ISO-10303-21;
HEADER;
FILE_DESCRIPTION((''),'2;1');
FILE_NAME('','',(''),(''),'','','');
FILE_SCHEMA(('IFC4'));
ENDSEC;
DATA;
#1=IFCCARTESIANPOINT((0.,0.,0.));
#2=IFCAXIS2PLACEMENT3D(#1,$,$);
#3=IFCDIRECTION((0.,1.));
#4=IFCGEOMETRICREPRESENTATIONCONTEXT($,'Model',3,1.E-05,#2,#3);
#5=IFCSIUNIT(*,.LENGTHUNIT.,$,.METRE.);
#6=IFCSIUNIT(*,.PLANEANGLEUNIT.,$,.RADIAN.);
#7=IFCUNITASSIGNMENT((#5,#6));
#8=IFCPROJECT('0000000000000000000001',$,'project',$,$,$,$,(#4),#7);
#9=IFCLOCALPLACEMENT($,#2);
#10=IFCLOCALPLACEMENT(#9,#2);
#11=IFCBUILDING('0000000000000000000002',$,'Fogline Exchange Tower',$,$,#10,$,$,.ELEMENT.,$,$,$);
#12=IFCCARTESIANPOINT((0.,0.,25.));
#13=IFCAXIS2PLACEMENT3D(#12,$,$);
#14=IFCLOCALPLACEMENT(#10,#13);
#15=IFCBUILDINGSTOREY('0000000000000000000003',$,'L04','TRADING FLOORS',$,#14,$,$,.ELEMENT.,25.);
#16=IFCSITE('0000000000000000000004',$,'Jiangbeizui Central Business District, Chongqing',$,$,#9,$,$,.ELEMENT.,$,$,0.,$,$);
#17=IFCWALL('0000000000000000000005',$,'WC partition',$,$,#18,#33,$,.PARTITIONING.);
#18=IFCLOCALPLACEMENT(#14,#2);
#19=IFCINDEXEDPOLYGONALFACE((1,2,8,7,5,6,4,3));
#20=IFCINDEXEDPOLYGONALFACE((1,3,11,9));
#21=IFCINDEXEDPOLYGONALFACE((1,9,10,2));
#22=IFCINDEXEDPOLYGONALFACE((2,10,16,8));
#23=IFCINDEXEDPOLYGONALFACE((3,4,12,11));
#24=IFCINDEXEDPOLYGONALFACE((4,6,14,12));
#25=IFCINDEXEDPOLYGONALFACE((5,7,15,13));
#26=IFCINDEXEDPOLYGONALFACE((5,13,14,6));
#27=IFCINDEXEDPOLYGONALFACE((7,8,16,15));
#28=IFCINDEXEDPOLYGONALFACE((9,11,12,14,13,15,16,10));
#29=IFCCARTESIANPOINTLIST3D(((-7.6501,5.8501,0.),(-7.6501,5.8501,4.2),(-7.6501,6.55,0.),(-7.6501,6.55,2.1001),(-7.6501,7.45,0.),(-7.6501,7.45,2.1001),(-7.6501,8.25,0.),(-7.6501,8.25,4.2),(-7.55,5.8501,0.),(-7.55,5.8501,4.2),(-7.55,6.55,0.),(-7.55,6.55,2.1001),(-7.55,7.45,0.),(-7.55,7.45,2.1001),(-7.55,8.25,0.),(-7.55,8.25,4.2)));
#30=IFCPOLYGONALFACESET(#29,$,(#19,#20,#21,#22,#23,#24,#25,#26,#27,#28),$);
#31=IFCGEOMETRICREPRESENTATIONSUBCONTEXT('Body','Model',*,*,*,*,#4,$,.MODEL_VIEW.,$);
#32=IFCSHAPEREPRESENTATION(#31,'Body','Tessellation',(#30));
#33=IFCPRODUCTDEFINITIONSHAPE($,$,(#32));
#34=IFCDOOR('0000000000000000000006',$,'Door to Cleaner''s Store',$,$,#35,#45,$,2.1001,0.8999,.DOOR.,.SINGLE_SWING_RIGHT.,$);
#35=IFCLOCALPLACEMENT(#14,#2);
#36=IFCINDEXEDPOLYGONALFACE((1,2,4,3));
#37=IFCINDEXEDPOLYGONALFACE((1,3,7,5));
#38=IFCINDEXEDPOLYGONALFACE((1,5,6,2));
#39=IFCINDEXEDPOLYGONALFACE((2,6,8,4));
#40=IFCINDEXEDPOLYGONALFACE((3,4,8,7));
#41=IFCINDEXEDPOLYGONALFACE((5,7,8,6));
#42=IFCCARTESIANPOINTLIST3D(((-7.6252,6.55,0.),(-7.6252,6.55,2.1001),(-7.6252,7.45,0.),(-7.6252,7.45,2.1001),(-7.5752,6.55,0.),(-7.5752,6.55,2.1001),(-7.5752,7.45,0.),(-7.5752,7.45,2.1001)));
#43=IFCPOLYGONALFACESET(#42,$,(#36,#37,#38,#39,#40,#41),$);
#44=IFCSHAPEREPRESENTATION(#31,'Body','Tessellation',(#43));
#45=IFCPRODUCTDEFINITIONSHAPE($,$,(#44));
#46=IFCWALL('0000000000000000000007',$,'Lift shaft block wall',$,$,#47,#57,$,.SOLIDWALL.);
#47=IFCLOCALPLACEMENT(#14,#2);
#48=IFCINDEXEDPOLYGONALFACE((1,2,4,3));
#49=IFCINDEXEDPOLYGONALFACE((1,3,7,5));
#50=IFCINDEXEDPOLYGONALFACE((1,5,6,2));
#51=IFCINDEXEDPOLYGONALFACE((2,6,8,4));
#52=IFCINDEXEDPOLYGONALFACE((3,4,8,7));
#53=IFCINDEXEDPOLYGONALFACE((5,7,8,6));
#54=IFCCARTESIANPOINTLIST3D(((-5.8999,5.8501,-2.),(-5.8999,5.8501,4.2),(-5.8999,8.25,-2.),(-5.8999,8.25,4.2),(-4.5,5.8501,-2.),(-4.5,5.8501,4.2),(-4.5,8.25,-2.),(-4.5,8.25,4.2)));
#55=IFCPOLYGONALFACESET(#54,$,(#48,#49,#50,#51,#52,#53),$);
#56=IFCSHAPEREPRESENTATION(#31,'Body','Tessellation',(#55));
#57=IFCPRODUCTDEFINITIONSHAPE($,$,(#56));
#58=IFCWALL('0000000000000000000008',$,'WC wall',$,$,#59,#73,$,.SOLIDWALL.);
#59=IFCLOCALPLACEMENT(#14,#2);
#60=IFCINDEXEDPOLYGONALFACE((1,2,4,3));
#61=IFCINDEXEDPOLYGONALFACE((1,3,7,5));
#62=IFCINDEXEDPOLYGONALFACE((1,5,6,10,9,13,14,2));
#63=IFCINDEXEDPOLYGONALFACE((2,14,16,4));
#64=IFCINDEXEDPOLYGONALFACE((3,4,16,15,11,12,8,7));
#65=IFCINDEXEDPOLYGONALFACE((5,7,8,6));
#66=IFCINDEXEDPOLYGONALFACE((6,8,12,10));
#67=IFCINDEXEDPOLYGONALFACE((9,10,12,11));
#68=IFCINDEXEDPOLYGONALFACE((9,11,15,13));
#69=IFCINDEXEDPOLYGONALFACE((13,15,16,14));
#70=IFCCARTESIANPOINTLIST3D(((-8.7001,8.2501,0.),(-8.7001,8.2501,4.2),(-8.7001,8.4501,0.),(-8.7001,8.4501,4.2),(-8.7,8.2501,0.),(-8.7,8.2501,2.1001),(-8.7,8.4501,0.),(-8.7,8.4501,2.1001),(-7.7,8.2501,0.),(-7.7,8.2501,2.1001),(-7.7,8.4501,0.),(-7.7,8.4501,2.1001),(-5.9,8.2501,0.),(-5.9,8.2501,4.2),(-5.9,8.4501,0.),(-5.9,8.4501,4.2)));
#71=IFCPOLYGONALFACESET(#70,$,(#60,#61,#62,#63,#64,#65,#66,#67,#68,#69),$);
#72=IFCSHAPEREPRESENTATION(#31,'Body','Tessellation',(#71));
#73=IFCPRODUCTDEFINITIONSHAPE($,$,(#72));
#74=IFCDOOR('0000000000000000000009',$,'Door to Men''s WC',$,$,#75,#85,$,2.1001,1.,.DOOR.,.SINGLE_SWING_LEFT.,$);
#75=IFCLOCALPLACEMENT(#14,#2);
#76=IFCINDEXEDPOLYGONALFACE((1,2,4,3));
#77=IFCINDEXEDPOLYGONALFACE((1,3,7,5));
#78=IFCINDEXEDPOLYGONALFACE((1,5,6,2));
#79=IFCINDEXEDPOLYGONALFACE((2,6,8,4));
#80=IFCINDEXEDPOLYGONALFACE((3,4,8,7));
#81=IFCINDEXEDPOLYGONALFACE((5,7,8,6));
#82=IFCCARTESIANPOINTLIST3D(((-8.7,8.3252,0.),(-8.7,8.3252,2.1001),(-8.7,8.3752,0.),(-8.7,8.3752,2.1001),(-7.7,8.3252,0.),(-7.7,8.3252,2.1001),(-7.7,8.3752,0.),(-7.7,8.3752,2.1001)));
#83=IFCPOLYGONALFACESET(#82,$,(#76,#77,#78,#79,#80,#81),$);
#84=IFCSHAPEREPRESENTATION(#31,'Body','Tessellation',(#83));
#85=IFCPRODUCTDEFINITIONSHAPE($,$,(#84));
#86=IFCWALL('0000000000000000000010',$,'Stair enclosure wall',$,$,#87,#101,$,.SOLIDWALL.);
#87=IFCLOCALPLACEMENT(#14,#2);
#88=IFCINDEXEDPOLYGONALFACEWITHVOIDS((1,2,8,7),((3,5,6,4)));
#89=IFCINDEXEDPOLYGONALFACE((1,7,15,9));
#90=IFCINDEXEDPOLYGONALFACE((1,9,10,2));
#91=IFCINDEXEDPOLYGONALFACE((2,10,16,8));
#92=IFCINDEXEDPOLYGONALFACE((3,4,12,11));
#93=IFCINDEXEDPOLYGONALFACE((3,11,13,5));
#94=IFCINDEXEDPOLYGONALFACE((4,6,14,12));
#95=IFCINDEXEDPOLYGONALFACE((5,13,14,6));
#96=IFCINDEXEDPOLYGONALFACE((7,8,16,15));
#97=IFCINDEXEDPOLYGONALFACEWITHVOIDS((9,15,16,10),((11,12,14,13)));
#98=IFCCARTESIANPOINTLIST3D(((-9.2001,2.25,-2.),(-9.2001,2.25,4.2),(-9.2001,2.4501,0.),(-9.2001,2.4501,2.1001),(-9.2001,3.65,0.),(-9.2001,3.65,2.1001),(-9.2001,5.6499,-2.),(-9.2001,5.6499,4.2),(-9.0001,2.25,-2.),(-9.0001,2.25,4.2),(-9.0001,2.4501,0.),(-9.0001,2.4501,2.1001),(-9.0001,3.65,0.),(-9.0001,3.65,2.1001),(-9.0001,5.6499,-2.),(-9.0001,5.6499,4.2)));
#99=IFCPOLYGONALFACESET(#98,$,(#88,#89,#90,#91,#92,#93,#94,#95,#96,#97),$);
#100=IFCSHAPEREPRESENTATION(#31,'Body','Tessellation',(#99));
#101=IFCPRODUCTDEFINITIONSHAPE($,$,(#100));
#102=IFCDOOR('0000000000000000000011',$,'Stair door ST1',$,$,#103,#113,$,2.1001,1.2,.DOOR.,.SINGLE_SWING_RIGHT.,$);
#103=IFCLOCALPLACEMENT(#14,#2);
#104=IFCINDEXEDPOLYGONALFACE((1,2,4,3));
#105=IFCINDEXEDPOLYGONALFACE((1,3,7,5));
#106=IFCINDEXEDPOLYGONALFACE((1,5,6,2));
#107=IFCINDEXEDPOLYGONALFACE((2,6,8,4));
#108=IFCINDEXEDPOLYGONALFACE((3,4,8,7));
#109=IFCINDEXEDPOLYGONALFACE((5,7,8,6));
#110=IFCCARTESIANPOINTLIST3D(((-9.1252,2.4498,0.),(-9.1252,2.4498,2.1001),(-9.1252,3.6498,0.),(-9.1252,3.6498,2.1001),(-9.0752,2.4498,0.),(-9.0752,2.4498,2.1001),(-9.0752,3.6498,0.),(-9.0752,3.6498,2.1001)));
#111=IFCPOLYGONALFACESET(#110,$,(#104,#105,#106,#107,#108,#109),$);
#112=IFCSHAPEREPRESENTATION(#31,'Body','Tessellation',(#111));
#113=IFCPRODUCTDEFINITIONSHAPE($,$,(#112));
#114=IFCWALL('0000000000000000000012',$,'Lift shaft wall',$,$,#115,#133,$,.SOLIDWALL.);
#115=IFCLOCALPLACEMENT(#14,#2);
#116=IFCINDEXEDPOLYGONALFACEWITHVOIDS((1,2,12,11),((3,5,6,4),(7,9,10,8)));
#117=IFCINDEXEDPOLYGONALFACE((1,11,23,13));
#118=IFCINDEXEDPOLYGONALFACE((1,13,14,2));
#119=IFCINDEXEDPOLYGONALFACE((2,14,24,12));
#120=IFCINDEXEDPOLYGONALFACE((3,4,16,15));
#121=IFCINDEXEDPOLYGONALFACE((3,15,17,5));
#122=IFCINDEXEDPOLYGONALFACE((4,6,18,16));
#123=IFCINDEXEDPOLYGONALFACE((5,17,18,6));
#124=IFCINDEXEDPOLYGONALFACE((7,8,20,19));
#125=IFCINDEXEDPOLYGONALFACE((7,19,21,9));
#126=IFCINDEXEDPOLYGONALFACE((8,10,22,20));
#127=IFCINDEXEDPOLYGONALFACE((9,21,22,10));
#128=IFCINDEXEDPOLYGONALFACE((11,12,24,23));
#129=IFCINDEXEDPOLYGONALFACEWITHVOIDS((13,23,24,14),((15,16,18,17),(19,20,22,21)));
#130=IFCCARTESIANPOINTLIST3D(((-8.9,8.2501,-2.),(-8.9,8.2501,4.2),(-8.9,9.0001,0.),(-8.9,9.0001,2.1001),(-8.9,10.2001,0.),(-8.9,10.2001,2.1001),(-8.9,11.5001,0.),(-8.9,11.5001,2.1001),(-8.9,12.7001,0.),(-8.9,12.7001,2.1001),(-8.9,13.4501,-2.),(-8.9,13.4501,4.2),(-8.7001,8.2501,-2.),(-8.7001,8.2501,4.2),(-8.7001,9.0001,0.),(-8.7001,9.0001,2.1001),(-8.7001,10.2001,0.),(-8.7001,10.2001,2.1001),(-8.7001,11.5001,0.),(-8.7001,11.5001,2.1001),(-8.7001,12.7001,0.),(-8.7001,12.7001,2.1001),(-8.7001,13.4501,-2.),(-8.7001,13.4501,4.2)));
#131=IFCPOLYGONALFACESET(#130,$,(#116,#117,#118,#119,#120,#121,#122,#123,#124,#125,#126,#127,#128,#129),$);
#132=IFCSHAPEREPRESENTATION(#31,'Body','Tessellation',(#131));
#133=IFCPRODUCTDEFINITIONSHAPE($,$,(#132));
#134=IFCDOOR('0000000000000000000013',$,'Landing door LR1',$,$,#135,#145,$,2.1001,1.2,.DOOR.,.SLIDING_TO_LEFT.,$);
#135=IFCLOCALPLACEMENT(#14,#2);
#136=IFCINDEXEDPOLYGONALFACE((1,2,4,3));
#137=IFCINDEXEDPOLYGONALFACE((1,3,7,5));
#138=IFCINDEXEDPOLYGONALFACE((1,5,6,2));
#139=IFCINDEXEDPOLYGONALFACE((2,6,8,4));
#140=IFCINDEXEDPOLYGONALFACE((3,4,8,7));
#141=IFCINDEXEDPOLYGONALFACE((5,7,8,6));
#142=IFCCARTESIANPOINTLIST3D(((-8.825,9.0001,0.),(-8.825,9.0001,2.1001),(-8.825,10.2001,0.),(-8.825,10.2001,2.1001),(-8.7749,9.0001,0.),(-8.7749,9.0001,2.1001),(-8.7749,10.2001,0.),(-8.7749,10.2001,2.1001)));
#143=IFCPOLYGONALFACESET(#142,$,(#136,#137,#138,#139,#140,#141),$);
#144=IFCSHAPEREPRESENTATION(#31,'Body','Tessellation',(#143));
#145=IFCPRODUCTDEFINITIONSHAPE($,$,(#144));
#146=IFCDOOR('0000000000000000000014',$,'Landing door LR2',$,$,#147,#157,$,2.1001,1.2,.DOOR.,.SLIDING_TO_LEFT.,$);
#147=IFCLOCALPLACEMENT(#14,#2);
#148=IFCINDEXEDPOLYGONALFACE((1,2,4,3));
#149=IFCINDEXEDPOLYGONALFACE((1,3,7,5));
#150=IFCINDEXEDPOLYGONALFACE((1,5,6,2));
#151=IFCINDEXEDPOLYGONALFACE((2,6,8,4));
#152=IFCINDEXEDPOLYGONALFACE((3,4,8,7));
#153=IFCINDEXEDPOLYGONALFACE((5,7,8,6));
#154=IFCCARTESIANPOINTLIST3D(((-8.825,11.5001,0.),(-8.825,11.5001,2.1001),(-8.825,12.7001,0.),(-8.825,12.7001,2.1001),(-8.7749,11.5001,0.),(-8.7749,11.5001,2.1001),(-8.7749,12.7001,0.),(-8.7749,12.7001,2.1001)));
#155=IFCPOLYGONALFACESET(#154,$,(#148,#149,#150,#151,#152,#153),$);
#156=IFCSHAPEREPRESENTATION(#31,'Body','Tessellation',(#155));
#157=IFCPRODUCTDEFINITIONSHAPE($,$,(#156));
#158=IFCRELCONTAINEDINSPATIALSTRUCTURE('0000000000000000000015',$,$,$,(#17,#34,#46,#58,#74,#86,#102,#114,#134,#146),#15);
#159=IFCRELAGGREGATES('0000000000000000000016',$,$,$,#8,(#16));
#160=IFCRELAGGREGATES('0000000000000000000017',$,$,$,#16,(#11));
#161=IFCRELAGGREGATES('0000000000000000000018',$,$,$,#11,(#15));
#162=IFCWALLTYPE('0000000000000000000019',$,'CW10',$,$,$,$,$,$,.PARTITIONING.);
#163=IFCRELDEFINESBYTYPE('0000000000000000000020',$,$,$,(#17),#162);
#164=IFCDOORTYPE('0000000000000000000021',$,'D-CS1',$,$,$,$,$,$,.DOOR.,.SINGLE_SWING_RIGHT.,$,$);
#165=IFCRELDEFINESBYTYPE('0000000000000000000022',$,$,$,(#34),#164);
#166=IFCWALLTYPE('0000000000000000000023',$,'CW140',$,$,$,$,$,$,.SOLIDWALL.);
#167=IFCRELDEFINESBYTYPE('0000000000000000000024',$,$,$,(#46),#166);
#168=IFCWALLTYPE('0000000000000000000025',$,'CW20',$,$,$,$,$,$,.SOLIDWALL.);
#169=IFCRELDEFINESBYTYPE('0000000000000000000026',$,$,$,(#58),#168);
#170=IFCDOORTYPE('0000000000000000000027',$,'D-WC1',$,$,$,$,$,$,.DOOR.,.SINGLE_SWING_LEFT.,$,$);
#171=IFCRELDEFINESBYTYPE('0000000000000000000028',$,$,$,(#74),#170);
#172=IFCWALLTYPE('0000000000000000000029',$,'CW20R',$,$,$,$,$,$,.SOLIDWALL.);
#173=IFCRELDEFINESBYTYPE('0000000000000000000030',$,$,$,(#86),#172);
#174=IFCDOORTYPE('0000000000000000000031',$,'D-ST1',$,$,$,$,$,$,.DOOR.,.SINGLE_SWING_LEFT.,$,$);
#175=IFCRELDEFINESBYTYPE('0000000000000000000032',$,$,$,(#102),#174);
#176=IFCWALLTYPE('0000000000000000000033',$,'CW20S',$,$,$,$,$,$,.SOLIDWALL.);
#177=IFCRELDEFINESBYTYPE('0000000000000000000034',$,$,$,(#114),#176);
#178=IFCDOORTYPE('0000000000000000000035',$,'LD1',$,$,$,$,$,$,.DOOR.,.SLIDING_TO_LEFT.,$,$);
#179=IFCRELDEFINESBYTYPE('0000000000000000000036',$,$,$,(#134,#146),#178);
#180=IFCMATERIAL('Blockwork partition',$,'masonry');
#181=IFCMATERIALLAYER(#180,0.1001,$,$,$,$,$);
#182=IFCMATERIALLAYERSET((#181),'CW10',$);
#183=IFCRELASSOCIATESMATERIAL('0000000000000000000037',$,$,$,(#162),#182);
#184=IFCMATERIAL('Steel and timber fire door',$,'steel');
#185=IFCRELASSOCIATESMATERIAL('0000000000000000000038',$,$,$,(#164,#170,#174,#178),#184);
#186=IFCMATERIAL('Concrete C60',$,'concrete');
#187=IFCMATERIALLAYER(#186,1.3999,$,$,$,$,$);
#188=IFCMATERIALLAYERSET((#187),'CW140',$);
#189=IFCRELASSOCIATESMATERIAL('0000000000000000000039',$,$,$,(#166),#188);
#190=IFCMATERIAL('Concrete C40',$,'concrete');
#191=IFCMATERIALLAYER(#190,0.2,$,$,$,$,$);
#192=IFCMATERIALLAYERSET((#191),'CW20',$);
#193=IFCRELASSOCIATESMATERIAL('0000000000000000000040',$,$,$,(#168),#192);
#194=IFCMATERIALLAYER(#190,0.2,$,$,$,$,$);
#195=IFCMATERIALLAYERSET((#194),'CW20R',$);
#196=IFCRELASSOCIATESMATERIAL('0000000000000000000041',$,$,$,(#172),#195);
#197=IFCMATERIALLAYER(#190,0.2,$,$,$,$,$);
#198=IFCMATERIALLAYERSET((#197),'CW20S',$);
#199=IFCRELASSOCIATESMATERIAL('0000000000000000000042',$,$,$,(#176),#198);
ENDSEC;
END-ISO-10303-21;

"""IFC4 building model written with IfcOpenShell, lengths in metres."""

from ifc_helpers import new_model, si_unit, direction, frame, frame_2d, origin, place, context, subcontext, project, spatial, rectangle, extrude, material, layer, layer_set, type_object, element, fill, save


model = new_model("IFC4")

# Units and contexts
model_context = context("Model", 3, precision=1e-05, world=origin(), true_north=direction((0.0, 1.0)))
body_context = subcontext(model_context, "Body", "Model", "MODEL_VIEW")
ifc_project = project(units=[si_unit("LENGTHUNIT", "METRE"), si_unit("PLANEANGLEUNIT", "RADIAN")], contexts=[model_context])

# Site, building, storey
site_placement = place(None, origin())
site = spatial("IfcSite", under=ifc_project, at=site_placement, Name="Jiangbeizui Central Business District, Chongqing", CompositionType="ELEMENT", RefElevation=0.0)
building_placement = place(site_placement, origin())
building = spatial("IfcBuilding", under=site, at=building_placement, Name="Fogline Exchange Tower", CompositionType="ELEMENT")
storey_placement = place(building_placement, frame((0.0, 0.0, 25.0)))
storey = spatial("IfcBuildingStorey", under=building, at=storey_placement, Name="L04", Description="TRADING FLOORS", CompositionType="ELEMENT", Elevation=25.0)

# Wall, opening, door
ifc_material_1 = material(Name="Blockwork partition", Category="masonry")
ifc_layer_1 = layer(ifc_material_1, 0.1001)
ifc_layer_set_1 = layer_set([ifc_layer_1], Name="CW10")
wall_type_1 = type_object("IfcWallType", Name="CW10", PredefinedType="PARTITIONING", material=ifc_layer_set_1)
wall_1_placement = place(storey_placement, frame((-7.6001, 5.8501, 0.0), z_axis=(0.0, 0.0, 1.0), x_axis=(0.0, 1.0, 0.0)))
wall_1 = element("IfcWall", 1, at=wall_1_placement, inside=storey, type_object=wall_type_1, Name="WC partition", PredefinedType="PARTITIONING", context=body_context, shape_type="SweptSolid", body=[
    extrude(rectangle(XDim=2.3999, YDim=0.1001, at=frame_2d((1.2, 0.0))), origin(), (0.0, 0.0, 1.0), 4.2),
])
opening_1_placement = place(wall_1_placement, frame((0.7, 0.0, 0.0)))
opening_1 = element("IfcOpeningElement", 2, at=opening_1_placement, cuts=wall_1, PredefinedType="OPENING", context=body_context, shape_type="SweptSolid", body=[
    extrude(rectangle(XDim=0.8999, YDim=2.1001, at=frame_2d((0.45, 1.05))), frame((0.0, 0.0601, 0.0), z_axis=(0.0, -1.0, 0.0), x_axis=(1.0, 0.0, 0.0)), (0.0, 0.0, 1.0), 0.1201),
])
ifc_material_2 = material(Name="Steel and timber fire door", Category="steel")
door_type_1 = type_object("IfcDoorType", Name="D-CS1", OperationType="SINGLE_SWING_RIGHT", PredefinedType="DOOR", material=ifc_material_2)
door_1_placement = place(opening_1_placement, frame((0.8999, 0.0, 0.0), z_axis=(0.0, 0.0, 1.0), x_axis=(-1.0, 0.0, 0.0)))
door_1 = element("IfcDoor", 3, at=door_1_placement, inside=storey, type_object=door_type_1, Name="Door to Cleaner's Store", OperationType="SINGLE_SWING_RIGHT", OverallHeight=2.1001, OverallWidth=0.8999, PredefinedType="DOOR", context=body_context, shape_type="SweptSolid", body=[
    extrude(rectangle(XDim=0.8999, YDim=2.1001, at=frame_2d((0.45, 1.05))), frame((0.0, 0.0249, 0.0), z_axis=(0.0, -1.0, 0.0), x_axis=(1.0, 0.0, 0.0)), (0.0, 0.0, 1.0), 0.05),
])
fill(opening_1, door_1)

# Wall
ifc_material_3 = material(Name="Concrete C60", Category="concrete")
ifc_layer_2 = layer(ifc_material_3, 1.3999)
ifc_layer_set_2 = layer_set([ifc_layer_2], Name="CW140")
wall_type_2 = type_object("IfcWallType", Name="CW140", PredefinedType="SOLIDWALL", material=ifc_layer_set_2)
wall_2_placement = place(storey_placement, frame((-5.2, 5.8501, -2.0), z_axis=(0.0, 0.0, 1.0), x_axis=(0.0, 1.0, 0.0)))
element("IfcWall", 4, at=wall_2_placement, inside=storey, type_object=wall_type_2, Name="Lift shaft block wall", PredefinedType="SOLIDWALL", context=body_context, shape_type="SweptSolid", body=[
    extrude(rectangle(XDim=2.3999, YDim=1.3999, at=frame_2d((1.2, 0.0))), origin(), (0.0, 0.0, 1.0), 6.2),
])

# Walls, openings, doors
ifc_material_4 = material(Name="Concrete C40", Category="concrete")
ifc_layer_3 = layer(ifc_material_4, 0.2)
ifc_layer_set_3 = layer_set([ifc_layer_3], Name="CW20")
wall_type_3 = type_object("IfcWallType", Name="CW20", PredefinedType="SOLIDWALL", material=ifc_layer_set_3)
wall_3_placement = place(storey_placement, frame((-8.7, 8.3501, 0.0), z_axis=(0.0, 0.0, 1.0), x_axis=(1.0, 0.0, 0.0)))
wall_3 = element("IfcWall", 5, at=wall_3_placement, inside=storey, type_object=wall_type_3, Name="WC wall", PredefinedType="SOLIDWALL", context=body_context, shape_type="SweptSolid", body=[
    extrude(rectangle(XDim=2.8, YDim=0.2, at=frame_2d((1.3999, 0.0))), origin(), (0.0, 0.0, 1.0), 4.2),
])
opening_2_placement = place(wall_3_placement, origin())
opening_2 = element("IfcOpeningElement", 6, at=opening_2_placement, cuts=wall_3, PredefinedType="OPENING", context=body_context, shape_type="SweptSolid", body=[
    extrude(rectangle(XDim=1.0, YDim=2.1001, at=frame_2d((0.5, 1.05))), frame((0.0, 0.1099, 0.0), z_axis=(0.0, -1.0, 0.0), x_axis=(1.0, 0.0, 0.0)), (0.0, 0.0, 1.0), 0.22),
])
door_type_2 = type_object("IfcDoorType", Name="D-WC1", OperationType="SINGLE_SWING_LEFT", PredefinedType="DOOR", material=ifc_material_2)
door_2_placement = place(opening_2_placement, frame((1.0, 0.0, 0.0), z_axis=(0.0, 0.0, 1.0), x_axis=(-1.0, 0.0, 0.0)))
door_2 = element("IfcDoor", 7, at=door_2_placement, inside=storey, type_object=door_type_2, Name="Door to Men's WC", OperationType="SINGLE_SWING_LEFT", OverallHeight=2.1001, OverallWidth=1.0, PredefinedType="DOOR", context=body_context, shape_type="SweptSolid", body=[
    extrude(rectangle(XDim=1.0, YDim=2.1001, at=frame_2d((0.5, 1.05))), frame((0.0, 0.0249, 0.0), z_axis=(0.0, -1.0, 0.0), x_axis=(1.0, 0.0, 0.0)), (0.0, 0.0, 1.0), 0.05),
])
fill(opening_2, door_2)
ifc_layer_4 = layer(ifc_material_4, 0.2)
ifc_layer_set_4 = layer_set([ifc_layer_4], Name="CW20R")
wall_type_4 = type_object("IfcWallType", Name="CW20R", PredefinedType="SOLIDWALL", material=ifc_layer_set_4)
wall_4_placement = place(storey_placement, frame((-9.1001, 2.25, -2.0), z_axis=(0.0, 0.0, 1.0), x_axis=(0.0, 1.0, 0.0)))
wall_4 = element("IfcWall", 8, at=wall_4_placement, inside=storey, type_object=wall_type_4, Name="Stair enclosure wall", PredefinedType="SOLIDWALL", context=body_context, shape_type="SweptSolid", body=[
    extrude(rectangle(XDim=3.3999, YDim=0.2, at=frame_2d((1.7, 0.0))), origin(), (0.0, 0.0, 1.0), 6.2),
])
opening_3_placement = place(wall_4_placement, frame((0.2, 0.0, 2.0)))
opening_3 = element("IfcOpeningElement", 9, at=opening_3_placement, cuts=wall_4, PredefinedType="OPENING", context=body_context, shape_type="SweptSolid", body=[
    extrude(rectangle(XDim=1.2, YDim=2.1001, at=frame_2d((0.6001, 1.05))), frame((0.0, 0.1099, 0.0), z_axis=(0.0, -1.0, 0.0), x_axis=(1.0, 0.0, 0.0)), (0.0, 0.0, 1.0), 0.22),
])
door_type_3 = type_object("IfcDoorType", Name="D-ST1", OperationType="SINGLE_SWING_LEFT", PredefinedType="DOOR", material=ifc_material_2)
door_3_placement = place(opening_3_placement, frame((1.2, 0.0, 0.0), z_axis=(0.0, 0.0, 1.0), x_axis=(-1.0, 0.0, 0.0)))
door_3 = element("IfcDoor", 10, at=door_3_placement, inside=storey, type_object=door_type_3, Name="Stair door ST1", OperationType="SINGLE_SWING_RIGHT", OverallHeight=2.1001, OverallWidth=1.2, PredefinedType="DOOR", context=body_context, shape_type="SweptSolid", body=[
    extrude(rectangle(XDim=1.2, YDim=2.1001, at=frame_2d((0.6001, 1.05))), frame((0.0, 0.0249, 0.0), z_axis=(0.0, -1.0, 0.0), x_axis=(1.0, 0.0, 0.0)), (0.0, 0.0, 1.0), 0.05),
])
fill(opening_3, door_3)

# Wall, openings, doors
ifc_layer_5 = layer(ifc_material_4, 0.2)
ifc_layer_set_5 = layer_set([ifc_layer_5], Name="CW20S")
wall_type_5 = type_object("IfcWallType", Name="CW20S", PredefinedType="SOLIDWALL", material=ifc_layer_set_5)
wall_5_placement = place(storey_placement, frame((-8.8, 8.25, -2.0), z_axis=(0.0, 0.0, 1.0), x_axis=(0.0, 1.0, 0.0)))
wall_5 = element("IfcWall", 11, at=wall_5_placement, inside=storey, type_object=wall_type_5, Name="Lift shaft wall", PredefinedType="SOLIDWALL", context=body_context, shape_type="SweptSolid", body=[
    extrude(rectangle(XDim=5.2, YDim=0.2, at=frame_2d((2.6001, 0.0))), origin(), (0.0, 0.0, 1.0), 6.2),
])
opening_4_placement = place(wall_5_placement, frame((0.75, 0.0, 2.0)))
opening_4 = element("IfcOpeningElement", 12, at=opening_4_placement, cuts=wall_5, PredefinedType="OPENING", context=body_context, shape_type="SweptSolid", body=[
    extrude(rectangle(XDim=1.2, YDim=2.1001, at=frame_2d((0.6001, 1.05))), frame((0.0, 0.1099, 0.0), z_axis=(0.0, -1.0, 0.0), x_axis=(1.0, 0.0, 0.0)), (0.0, 0.0, 1.0), 0.22),
])
opening_5_placement = place(wall_5_placement, frame((3.25, 0.0, 2.0)))
opening_5 = element("IfcOpeningElement", 13, at=opening_5_placement, cuts=wall_5, PredefinedType="OPENING", context=body_context, shape_type="SweptSolid", body=[
    extrude(rectangle(XDim=1.2, YDim=2.1001, at=frame_2d((0.6001, 1.05))), frame((0.0, 0.1099, 0.0), z_axis=(0.0, -1.0, 0.0), x_axis=(1.0, 0.0, 0.0)), (0.0, 0.0, 1.0), 0.22),
])
door_type_4 = type_object("IfcDoorType", Name="LD1", OperationType="SLIDING_TO_LEFT", PredefinedType="DOOR", material=ifc_material_2)
door_4_placement = place(opening_4_placement, origin())
door_4 = element("IfcDoor", 14, at=door_4_placement, inside=storey, type_object=door_type_4, Name="Landing door LR1", OperationType="SLIDING_TO_LEFT", OverallHeight=2.1001, OverallWidth=1.2, PredefinedType="DOOR", context=body_context, shape_type="SweptSolid", body=[
    extrude(rectangle(XDim=1.2, YDim=2.1001, at=frame_2d((0.6001, 1.05))), frame((0.0, 0.0249, 0.0), z_axis=(0.0, -1.0, 0.0), x_axis=(1.0, 0.0, 0.0)), (0.0, 0.0, 1.0), 0.05),
])
fill(opening_4, door_4)
door_5_placement = place(opening_5_placement, origin())
door_5 = element("IfcDoor", 15, at=door_5_placement, inside=storey, type_object=door_type_4, Name="Landing door LR2", OperationType="SLIDING_TO_LEFT", OverallHeight=2.1001, OverallWidth=1.2, PredefinedType="DOOR", context=body_context, shape_type="SweptSolid", body=[
    extrude(rectangle(XDim=1.2, YDim=2.1001, at=frame_2d((0.6001, 1.05))), frame((0.0, 0.0249, 0.0), z_axis=(0.0, -1.0, 0.0), x_axis=(1.0, 0.0, 0.0)), (0.0, 0.0, 1.0), 0.05),
])
fill(opening_5, door_5)

save(model, "model.ifc")
